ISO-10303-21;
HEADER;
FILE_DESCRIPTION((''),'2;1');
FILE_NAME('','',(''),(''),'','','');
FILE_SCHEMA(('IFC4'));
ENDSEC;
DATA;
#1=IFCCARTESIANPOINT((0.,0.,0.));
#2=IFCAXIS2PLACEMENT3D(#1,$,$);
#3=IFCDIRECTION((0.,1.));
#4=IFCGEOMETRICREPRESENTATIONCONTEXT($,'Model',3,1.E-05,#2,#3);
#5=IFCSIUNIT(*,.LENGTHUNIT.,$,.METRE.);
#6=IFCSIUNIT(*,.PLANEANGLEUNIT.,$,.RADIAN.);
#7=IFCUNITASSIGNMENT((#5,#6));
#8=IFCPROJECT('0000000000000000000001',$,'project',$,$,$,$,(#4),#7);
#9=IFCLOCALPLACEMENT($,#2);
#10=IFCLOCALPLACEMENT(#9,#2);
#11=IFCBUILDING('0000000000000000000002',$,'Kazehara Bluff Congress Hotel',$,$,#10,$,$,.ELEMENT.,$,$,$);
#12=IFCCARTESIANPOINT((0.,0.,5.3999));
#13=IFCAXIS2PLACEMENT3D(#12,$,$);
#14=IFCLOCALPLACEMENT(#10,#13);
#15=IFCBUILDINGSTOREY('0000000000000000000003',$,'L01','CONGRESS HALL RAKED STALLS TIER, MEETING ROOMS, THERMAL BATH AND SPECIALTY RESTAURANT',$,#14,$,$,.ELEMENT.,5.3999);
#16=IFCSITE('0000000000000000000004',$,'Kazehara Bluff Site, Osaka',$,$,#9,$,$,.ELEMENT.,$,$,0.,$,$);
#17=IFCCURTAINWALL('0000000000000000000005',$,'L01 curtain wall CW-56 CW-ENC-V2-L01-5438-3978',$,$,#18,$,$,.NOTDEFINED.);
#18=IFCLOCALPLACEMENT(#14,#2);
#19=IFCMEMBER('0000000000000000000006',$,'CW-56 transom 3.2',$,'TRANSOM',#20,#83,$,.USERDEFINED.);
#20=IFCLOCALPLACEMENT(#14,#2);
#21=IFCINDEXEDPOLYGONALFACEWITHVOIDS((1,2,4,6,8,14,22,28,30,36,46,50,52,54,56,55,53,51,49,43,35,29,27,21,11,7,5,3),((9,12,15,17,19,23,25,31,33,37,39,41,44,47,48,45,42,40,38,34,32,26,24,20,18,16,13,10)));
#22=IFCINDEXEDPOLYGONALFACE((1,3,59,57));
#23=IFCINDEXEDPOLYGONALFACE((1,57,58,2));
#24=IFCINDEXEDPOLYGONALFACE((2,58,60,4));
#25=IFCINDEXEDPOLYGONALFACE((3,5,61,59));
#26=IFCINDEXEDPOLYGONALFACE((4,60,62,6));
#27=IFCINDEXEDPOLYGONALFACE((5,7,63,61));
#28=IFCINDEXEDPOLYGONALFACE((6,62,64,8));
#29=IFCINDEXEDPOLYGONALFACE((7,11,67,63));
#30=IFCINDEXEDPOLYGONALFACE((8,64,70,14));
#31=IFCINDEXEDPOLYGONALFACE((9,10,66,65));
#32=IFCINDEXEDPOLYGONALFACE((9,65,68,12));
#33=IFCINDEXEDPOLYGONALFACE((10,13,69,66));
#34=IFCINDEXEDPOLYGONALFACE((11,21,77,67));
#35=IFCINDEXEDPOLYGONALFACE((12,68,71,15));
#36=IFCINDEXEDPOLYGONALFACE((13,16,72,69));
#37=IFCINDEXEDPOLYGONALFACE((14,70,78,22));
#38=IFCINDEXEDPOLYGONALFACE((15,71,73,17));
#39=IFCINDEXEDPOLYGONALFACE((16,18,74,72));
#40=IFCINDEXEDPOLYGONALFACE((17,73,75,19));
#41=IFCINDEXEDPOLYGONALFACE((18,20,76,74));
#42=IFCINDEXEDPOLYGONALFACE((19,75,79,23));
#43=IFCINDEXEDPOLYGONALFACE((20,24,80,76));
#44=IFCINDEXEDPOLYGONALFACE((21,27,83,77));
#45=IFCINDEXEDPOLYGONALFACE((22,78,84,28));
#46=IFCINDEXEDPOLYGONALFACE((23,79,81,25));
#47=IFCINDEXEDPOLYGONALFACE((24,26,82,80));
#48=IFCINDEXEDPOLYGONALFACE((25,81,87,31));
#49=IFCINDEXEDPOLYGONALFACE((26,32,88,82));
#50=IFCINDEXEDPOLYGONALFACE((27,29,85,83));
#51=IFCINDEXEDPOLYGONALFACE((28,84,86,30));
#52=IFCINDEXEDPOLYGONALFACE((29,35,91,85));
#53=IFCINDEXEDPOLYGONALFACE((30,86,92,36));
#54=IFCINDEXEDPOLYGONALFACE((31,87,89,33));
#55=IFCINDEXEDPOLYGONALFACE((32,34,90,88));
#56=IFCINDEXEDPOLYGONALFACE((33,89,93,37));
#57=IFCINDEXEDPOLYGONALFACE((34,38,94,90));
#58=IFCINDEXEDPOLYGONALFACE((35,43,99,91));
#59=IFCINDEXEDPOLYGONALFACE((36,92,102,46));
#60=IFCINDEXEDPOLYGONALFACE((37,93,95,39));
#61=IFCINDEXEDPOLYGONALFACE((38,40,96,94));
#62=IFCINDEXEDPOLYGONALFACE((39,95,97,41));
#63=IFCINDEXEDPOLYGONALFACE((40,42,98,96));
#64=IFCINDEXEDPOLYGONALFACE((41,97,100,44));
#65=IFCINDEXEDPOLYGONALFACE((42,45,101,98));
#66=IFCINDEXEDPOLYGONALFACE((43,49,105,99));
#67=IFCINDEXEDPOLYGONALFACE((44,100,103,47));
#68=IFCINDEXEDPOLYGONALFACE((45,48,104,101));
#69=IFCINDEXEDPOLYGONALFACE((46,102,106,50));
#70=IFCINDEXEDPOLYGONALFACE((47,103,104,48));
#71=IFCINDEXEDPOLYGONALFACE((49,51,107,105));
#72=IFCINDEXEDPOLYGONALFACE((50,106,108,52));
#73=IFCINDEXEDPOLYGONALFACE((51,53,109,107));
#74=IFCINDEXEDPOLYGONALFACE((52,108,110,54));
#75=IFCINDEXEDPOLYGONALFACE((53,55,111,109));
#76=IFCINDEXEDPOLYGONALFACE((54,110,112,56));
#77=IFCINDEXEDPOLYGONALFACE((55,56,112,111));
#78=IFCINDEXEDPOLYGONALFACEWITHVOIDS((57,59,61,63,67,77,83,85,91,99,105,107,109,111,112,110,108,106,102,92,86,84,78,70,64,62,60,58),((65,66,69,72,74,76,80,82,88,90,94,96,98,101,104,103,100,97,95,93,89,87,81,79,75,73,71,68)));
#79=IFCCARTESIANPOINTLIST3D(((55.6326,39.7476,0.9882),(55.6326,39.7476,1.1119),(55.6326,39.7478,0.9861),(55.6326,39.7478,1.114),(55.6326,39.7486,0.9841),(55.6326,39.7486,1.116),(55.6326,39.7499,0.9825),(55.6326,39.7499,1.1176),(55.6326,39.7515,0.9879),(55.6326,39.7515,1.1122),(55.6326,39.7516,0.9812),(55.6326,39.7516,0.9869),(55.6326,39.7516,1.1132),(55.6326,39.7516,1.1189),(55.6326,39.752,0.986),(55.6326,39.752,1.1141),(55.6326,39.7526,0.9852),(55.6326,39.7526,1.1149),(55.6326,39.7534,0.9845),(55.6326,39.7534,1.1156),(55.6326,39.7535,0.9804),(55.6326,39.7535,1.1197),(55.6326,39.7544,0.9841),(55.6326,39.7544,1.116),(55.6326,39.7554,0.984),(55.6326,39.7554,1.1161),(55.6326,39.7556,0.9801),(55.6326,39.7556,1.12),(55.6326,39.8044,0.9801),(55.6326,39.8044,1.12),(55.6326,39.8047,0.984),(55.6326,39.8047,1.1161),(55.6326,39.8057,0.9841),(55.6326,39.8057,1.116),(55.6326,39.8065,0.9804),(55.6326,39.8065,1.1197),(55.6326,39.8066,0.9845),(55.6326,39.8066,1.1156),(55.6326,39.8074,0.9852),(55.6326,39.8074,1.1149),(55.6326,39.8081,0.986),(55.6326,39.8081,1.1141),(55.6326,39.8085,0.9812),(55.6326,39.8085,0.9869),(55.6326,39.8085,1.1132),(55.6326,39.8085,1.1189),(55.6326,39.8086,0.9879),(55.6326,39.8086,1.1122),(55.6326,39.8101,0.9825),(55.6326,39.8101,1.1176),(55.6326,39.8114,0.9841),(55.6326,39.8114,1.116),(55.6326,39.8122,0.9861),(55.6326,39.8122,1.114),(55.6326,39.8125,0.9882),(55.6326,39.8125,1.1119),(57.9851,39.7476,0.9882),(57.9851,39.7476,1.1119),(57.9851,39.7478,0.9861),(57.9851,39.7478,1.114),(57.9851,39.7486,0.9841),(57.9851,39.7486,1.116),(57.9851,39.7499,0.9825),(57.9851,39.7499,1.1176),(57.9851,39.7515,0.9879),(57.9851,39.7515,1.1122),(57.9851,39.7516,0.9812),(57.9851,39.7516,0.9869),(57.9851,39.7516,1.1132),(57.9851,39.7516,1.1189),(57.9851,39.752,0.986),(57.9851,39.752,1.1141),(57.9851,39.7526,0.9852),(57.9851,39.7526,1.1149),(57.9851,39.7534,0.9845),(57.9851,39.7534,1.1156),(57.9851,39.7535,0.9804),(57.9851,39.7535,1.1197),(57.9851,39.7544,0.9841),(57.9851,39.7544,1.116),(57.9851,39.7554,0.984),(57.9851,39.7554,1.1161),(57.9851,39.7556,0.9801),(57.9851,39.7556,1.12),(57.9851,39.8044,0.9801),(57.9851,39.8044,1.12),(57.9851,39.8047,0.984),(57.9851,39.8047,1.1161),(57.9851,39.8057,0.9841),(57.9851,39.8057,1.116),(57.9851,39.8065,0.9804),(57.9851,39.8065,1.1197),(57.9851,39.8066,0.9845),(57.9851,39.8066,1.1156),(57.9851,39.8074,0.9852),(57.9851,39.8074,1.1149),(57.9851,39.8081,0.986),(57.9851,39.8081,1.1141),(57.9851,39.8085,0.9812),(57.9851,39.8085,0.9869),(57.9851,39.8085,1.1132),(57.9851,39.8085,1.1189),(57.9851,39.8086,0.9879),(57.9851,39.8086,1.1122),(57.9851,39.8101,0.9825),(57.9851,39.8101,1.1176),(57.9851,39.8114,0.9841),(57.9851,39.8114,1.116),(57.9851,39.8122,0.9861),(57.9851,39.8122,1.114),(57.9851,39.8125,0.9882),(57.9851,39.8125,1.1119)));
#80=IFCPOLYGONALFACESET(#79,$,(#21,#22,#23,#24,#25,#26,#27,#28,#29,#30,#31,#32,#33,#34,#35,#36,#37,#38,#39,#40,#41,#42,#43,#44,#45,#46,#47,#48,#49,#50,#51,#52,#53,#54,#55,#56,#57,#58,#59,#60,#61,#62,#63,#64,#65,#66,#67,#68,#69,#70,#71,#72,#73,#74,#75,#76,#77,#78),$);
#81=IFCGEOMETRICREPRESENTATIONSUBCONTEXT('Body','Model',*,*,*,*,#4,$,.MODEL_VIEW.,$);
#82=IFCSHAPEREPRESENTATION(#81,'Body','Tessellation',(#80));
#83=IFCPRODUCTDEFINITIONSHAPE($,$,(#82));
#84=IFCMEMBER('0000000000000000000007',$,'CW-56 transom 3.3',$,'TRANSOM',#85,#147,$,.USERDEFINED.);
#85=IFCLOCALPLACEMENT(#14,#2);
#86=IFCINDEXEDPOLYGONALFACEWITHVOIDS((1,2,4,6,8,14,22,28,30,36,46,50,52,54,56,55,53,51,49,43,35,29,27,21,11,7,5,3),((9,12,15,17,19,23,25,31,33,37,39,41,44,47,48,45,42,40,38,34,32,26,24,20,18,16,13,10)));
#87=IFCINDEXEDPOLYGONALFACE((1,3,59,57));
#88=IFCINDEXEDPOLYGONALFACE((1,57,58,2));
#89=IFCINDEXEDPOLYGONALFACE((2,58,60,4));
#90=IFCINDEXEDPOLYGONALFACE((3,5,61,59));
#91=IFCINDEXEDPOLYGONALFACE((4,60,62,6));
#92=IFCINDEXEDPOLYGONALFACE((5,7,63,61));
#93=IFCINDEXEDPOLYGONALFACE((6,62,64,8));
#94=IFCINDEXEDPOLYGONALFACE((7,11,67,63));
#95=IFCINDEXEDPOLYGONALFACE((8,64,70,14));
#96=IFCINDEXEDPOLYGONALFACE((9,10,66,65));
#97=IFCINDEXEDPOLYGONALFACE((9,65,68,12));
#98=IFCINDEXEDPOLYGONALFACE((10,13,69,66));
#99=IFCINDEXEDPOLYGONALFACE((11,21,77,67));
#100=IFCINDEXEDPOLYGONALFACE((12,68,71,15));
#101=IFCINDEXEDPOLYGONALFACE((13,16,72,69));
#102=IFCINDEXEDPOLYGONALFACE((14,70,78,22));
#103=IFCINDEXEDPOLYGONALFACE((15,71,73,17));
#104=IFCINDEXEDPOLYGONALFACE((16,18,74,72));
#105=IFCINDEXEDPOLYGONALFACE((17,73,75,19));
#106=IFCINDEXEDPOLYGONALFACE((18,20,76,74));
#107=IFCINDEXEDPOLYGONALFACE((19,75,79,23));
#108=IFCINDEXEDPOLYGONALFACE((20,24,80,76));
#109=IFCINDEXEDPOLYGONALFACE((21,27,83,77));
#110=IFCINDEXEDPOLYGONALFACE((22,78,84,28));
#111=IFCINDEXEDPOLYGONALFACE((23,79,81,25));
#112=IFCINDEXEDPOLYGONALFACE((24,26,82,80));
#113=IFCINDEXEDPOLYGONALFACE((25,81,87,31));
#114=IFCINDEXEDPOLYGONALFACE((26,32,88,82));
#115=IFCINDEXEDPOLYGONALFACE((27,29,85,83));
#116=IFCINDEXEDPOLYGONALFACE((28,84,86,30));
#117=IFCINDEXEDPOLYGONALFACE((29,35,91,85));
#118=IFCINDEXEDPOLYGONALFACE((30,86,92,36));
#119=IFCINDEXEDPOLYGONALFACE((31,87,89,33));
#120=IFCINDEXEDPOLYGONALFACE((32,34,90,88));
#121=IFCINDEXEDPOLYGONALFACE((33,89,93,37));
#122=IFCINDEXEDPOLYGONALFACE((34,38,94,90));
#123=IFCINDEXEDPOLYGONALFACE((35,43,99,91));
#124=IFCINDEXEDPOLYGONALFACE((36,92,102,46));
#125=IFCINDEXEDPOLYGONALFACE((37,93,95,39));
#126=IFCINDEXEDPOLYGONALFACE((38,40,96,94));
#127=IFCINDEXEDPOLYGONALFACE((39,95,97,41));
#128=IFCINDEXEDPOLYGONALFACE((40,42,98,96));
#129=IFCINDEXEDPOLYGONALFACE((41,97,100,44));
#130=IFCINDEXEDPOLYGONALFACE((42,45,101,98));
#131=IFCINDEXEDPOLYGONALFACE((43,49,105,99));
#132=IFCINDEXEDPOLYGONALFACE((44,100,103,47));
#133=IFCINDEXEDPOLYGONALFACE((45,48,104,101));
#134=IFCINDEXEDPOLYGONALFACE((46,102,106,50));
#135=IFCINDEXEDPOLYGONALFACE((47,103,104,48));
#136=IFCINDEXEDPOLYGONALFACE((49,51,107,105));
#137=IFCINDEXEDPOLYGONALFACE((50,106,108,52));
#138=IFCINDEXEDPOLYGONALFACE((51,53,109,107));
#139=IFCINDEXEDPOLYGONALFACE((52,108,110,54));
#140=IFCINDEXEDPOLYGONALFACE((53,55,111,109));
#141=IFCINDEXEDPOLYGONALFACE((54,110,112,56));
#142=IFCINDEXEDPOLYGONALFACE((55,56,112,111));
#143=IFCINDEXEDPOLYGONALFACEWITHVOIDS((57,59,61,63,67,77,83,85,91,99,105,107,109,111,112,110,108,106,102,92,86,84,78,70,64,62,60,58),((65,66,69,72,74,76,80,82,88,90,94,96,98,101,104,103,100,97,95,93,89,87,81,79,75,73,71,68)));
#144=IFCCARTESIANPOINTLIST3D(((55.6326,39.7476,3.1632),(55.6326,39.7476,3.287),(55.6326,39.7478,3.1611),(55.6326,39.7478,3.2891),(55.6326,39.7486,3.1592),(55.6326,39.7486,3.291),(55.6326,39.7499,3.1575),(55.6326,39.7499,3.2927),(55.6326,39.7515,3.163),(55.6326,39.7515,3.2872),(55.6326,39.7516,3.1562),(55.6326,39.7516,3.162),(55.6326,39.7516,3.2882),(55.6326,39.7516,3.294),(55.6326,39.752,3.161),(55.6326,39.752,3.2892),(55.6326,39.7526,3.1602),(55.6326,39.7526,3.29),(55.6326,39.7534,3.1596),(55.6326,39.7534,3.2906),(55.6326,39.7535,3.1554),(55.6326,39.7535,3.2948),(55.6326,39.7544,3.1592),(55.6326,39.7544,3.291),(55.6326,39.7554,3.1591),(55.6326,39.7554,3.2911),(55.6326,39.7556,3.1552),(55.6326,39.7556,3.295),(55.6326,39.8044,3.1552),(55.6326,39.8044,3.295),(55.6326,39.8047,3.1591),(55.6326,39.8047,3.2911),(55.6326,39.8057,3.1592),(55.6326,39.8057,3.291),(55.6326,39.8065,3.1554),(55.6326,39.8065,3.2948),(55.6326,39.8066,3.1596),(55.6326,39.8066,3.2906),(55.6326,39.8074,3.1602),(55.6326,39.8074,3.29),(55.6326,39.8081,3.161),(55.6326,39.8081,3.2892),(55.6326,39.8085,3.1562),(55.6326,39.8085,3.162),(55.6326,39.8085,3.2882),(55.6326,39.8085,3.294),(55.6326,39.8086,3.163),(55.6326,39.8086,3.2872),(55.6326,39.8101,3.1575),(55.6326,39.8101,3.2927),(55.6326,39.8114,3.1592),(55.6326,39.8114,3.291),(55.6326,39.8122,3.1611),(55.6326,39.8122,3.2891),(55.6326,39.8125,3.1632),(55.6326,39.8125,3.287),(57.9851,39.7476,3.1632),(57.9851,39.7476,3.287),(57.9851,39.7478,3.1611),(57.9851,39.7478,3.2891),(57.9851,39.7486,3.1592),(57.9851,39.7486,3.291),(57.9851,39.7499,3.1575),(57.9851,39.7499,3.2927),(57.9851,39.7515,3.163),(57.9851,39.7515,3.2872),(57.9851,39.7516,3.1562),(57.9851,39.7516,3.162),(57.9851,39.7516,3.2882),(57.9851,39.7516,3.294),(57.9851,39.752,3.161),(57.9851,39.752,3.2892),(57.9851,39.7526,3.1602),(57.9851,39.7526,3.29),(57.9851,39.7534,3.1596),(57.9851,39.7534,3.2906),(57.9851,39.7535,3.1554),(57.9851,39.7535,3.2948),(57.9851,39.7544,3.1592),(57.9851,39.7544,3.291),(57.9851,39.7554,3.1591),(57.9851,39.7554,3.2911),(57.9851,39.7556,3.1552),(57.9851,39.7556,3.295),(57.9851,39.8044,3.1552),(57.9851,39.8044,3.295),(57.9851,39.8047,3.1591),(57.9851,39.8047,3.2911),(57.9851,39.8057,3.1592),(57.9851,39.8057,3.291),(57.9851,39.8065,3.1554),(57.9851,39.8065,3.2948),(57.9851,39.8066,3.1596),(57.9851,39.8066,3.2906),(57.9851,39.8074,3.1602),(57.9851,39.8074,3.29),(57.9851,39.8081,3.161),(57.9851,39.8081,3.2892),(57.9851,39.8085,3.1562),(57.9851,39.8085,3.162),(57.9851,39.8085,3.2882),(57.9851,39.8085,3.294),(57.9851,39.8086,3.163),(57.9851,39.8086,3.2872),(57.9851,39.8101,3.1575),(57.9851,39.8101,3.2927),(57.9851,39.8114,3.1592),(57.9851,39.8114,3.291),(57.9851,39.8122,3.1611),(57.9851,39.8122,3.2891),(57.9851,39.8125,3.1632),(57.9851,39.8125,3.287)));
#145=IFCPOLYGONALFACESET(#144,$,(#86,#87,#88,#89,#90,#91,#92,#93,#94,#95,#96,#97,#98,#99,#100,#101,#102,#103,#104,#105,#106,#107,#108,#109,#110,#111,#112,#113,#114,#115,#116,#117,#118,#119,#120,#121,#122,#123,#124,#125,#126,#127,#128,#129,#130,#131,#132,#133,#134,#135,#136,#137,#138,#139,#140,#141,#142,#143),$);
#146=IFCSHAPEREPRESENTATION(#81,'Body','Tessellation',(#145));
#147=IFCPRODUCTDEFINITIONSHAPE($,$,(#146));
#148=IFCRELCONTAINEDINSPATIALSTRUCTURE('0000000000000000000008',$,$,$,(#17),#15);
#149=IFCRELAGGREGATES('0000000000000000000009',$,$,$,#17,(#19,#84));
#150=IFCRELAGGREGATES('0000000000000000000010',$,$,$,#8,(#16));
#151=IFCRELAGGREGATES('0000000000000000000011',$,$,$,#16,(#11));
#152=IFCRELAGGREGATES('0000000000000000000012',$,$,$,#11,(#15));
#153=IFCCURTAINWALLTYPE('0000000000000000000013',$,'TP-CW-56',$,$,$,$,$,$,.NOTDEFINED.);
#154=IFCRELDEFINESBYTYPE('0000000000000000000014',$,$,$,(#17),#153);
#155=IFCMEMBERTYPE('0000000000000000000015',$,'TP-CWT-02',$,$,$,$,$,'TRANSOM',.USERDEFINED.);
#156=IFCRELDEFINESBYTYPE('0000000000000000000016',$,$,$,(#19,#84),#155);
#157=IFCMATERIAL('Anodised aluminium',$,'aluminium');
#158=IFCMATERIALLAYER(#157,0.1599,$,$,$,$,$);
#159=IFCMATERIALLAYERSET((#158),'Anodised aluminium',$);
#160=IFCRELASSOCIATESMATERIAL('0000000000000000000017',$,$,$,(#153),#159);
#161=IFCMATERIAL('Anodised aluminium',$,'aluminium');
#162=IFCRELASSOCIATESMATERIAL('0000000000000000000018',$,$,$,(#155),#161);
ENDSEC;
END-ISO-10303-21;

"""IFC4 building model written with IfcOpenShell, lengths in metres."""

from ifc_helpers import new_model, si_unit, direction, frame, origin, origin_2d, place, context, subcontext, project, spatial, hollow_rectangle, extrude, material, layer, layer_set, material_profile, profile_set, type_object, element, aggregate, save


model = new_model("IFC4")

# Units and contexts
model_context = context("Model", 3, precision=1e-05, world=origin(), true_north=direction((0.0, 1.0)))
body_context = subcontext(model_context, "Body", "Model", "MODEL_VIEW")
ifc_project = project(units=[si_unit("LENGTHUNIT", "METRE"), si_unit("PLANEANGLEUNIT", "RADIAN")], contexts=[model_context])

# Site, building, storey
site_placement = place(None, origin())
site = spatial("IfcSite", under=ifc_project, at=site_placement, Name="Kazehara Bluff Site, Osaka", CompositionType="ELEMENT", RefElevation=0.0)
building_placement = place(site_placement, origin())
building = spatial("IfcBuilding", under=site, at=building_placement, Name="Kazehara Bluff Congress Hotel", CompositionType="ELEMENT")
storey_placement = place(building_placement, frame((0.0, 0.0, 5.3999)))
storey = spatial("IfcBuildingStorey", under=building, at=storey_placement, Name="L01", Description="CONGRESS HALL RAKED STALLS TIER, MEETING ROOMS, THERMAL BATH AND SPECIALTY RESTAURANT", CompositionType="ELEMENT", Elevation=5.3999)

# Curtain wall
ifc_material_1 = material(Name="Anodised aluminium", Category="aluminium")
ifc_layer_1 = layer(ifc_material_1, 0.1599)
ifc_layer_set_1 = layer_set([ifc_layer_1], Name="Anodised aluminium")
curtain_wall_type_1 = type_object("IfcCurtainWallType", Name="TP-CW-56", PredefinedType="NOTDEFINED", material=ifc_layer_set_1)
curtain_wall_1_placement = place(storey_placement, origin())
curtain_wall_1 = element("IfcCurtainWall", 1, at=curtain_wall_1_placement, inside=storey, type_object=curtain_wall_type_1, Name="L01 curtain wall CW-56 CW-ENC-V2-L01-5438-3978", PredefinedType="NOTDEFINED")

# Members
ifc_material_2 = material(Name="Anodised aluminium", Category="aluminium")
ifc_material_profile_1 = material_profile(ifc_material_2, hollow_rectangle(XDim=0.0649, YDim=0.1399, WallThickness=0.0039, InnerFilletRadius=0.0039, OuterFilletRadius=0.0081, at=origin_2d()))
ifc_profile_set_1 = profile_set([ifc_material_profile_1], Name="Anodised aluminium")
member_type_1 = type_object("IfcMemberType", Name="TP-CWT-02", ElementType="TRANSOM", PredefinedType="USERDEFINED", material=ifc_profile_set_1)
member_1_placement = place(storey_placement, frame((55.6326, 39.78, 1.05), z_axis=(1.0, 0.0, 0.0), x_axis=(0.0, 1.0, 0.0)))
member_1 = element("IfcMember", 2, at=member_1_placement, type_object=member_type_1, Name="CW-56 transom 3.2", ObjectType="TRANSOM", PredefinedType="USERDEFINED", context=body_context, shape_type="SweptSolid", body=[
    extrude(hollow_rectangle(XDim=0.0649, YDim=0.1399, WallThickness=0.0039, InnerFilletRadius=0.0039, OuterFilletRadius=0.0081, at=origin_2d()), origin(), (0.0, 0.0, 1.0), 2.3525),
])
member_2_placement = place(storey_placement, frame((55.6326, 39.78, 3.2251), z_axis=(1.0, 0.0, 0.0), x_axis=(0.0, 1.0, 0.0)))
member_2 = element("IfcMember", 3, at=member_2_placement, type_object=member_type_1, Name="CW-56 transom 3.3", ObjectType="TRANSOM", PredefinedType="USERDEFINED", context=body_context, shape_type="SweptSolid", body=[
    extrude(hollow_rectangle(XDim=0.0649, YDim=0.1399, WallThickness=0.0039, InnerFilletRadius=0.0039, OuterFilletRadius=0.0081, at=origin_2d()), origin(), (0.0, 0.0, 1.0), 2.3525),
])

aggregate(curtain_wall_1, [member_1, member_2])

save(model, "model.ifc")
